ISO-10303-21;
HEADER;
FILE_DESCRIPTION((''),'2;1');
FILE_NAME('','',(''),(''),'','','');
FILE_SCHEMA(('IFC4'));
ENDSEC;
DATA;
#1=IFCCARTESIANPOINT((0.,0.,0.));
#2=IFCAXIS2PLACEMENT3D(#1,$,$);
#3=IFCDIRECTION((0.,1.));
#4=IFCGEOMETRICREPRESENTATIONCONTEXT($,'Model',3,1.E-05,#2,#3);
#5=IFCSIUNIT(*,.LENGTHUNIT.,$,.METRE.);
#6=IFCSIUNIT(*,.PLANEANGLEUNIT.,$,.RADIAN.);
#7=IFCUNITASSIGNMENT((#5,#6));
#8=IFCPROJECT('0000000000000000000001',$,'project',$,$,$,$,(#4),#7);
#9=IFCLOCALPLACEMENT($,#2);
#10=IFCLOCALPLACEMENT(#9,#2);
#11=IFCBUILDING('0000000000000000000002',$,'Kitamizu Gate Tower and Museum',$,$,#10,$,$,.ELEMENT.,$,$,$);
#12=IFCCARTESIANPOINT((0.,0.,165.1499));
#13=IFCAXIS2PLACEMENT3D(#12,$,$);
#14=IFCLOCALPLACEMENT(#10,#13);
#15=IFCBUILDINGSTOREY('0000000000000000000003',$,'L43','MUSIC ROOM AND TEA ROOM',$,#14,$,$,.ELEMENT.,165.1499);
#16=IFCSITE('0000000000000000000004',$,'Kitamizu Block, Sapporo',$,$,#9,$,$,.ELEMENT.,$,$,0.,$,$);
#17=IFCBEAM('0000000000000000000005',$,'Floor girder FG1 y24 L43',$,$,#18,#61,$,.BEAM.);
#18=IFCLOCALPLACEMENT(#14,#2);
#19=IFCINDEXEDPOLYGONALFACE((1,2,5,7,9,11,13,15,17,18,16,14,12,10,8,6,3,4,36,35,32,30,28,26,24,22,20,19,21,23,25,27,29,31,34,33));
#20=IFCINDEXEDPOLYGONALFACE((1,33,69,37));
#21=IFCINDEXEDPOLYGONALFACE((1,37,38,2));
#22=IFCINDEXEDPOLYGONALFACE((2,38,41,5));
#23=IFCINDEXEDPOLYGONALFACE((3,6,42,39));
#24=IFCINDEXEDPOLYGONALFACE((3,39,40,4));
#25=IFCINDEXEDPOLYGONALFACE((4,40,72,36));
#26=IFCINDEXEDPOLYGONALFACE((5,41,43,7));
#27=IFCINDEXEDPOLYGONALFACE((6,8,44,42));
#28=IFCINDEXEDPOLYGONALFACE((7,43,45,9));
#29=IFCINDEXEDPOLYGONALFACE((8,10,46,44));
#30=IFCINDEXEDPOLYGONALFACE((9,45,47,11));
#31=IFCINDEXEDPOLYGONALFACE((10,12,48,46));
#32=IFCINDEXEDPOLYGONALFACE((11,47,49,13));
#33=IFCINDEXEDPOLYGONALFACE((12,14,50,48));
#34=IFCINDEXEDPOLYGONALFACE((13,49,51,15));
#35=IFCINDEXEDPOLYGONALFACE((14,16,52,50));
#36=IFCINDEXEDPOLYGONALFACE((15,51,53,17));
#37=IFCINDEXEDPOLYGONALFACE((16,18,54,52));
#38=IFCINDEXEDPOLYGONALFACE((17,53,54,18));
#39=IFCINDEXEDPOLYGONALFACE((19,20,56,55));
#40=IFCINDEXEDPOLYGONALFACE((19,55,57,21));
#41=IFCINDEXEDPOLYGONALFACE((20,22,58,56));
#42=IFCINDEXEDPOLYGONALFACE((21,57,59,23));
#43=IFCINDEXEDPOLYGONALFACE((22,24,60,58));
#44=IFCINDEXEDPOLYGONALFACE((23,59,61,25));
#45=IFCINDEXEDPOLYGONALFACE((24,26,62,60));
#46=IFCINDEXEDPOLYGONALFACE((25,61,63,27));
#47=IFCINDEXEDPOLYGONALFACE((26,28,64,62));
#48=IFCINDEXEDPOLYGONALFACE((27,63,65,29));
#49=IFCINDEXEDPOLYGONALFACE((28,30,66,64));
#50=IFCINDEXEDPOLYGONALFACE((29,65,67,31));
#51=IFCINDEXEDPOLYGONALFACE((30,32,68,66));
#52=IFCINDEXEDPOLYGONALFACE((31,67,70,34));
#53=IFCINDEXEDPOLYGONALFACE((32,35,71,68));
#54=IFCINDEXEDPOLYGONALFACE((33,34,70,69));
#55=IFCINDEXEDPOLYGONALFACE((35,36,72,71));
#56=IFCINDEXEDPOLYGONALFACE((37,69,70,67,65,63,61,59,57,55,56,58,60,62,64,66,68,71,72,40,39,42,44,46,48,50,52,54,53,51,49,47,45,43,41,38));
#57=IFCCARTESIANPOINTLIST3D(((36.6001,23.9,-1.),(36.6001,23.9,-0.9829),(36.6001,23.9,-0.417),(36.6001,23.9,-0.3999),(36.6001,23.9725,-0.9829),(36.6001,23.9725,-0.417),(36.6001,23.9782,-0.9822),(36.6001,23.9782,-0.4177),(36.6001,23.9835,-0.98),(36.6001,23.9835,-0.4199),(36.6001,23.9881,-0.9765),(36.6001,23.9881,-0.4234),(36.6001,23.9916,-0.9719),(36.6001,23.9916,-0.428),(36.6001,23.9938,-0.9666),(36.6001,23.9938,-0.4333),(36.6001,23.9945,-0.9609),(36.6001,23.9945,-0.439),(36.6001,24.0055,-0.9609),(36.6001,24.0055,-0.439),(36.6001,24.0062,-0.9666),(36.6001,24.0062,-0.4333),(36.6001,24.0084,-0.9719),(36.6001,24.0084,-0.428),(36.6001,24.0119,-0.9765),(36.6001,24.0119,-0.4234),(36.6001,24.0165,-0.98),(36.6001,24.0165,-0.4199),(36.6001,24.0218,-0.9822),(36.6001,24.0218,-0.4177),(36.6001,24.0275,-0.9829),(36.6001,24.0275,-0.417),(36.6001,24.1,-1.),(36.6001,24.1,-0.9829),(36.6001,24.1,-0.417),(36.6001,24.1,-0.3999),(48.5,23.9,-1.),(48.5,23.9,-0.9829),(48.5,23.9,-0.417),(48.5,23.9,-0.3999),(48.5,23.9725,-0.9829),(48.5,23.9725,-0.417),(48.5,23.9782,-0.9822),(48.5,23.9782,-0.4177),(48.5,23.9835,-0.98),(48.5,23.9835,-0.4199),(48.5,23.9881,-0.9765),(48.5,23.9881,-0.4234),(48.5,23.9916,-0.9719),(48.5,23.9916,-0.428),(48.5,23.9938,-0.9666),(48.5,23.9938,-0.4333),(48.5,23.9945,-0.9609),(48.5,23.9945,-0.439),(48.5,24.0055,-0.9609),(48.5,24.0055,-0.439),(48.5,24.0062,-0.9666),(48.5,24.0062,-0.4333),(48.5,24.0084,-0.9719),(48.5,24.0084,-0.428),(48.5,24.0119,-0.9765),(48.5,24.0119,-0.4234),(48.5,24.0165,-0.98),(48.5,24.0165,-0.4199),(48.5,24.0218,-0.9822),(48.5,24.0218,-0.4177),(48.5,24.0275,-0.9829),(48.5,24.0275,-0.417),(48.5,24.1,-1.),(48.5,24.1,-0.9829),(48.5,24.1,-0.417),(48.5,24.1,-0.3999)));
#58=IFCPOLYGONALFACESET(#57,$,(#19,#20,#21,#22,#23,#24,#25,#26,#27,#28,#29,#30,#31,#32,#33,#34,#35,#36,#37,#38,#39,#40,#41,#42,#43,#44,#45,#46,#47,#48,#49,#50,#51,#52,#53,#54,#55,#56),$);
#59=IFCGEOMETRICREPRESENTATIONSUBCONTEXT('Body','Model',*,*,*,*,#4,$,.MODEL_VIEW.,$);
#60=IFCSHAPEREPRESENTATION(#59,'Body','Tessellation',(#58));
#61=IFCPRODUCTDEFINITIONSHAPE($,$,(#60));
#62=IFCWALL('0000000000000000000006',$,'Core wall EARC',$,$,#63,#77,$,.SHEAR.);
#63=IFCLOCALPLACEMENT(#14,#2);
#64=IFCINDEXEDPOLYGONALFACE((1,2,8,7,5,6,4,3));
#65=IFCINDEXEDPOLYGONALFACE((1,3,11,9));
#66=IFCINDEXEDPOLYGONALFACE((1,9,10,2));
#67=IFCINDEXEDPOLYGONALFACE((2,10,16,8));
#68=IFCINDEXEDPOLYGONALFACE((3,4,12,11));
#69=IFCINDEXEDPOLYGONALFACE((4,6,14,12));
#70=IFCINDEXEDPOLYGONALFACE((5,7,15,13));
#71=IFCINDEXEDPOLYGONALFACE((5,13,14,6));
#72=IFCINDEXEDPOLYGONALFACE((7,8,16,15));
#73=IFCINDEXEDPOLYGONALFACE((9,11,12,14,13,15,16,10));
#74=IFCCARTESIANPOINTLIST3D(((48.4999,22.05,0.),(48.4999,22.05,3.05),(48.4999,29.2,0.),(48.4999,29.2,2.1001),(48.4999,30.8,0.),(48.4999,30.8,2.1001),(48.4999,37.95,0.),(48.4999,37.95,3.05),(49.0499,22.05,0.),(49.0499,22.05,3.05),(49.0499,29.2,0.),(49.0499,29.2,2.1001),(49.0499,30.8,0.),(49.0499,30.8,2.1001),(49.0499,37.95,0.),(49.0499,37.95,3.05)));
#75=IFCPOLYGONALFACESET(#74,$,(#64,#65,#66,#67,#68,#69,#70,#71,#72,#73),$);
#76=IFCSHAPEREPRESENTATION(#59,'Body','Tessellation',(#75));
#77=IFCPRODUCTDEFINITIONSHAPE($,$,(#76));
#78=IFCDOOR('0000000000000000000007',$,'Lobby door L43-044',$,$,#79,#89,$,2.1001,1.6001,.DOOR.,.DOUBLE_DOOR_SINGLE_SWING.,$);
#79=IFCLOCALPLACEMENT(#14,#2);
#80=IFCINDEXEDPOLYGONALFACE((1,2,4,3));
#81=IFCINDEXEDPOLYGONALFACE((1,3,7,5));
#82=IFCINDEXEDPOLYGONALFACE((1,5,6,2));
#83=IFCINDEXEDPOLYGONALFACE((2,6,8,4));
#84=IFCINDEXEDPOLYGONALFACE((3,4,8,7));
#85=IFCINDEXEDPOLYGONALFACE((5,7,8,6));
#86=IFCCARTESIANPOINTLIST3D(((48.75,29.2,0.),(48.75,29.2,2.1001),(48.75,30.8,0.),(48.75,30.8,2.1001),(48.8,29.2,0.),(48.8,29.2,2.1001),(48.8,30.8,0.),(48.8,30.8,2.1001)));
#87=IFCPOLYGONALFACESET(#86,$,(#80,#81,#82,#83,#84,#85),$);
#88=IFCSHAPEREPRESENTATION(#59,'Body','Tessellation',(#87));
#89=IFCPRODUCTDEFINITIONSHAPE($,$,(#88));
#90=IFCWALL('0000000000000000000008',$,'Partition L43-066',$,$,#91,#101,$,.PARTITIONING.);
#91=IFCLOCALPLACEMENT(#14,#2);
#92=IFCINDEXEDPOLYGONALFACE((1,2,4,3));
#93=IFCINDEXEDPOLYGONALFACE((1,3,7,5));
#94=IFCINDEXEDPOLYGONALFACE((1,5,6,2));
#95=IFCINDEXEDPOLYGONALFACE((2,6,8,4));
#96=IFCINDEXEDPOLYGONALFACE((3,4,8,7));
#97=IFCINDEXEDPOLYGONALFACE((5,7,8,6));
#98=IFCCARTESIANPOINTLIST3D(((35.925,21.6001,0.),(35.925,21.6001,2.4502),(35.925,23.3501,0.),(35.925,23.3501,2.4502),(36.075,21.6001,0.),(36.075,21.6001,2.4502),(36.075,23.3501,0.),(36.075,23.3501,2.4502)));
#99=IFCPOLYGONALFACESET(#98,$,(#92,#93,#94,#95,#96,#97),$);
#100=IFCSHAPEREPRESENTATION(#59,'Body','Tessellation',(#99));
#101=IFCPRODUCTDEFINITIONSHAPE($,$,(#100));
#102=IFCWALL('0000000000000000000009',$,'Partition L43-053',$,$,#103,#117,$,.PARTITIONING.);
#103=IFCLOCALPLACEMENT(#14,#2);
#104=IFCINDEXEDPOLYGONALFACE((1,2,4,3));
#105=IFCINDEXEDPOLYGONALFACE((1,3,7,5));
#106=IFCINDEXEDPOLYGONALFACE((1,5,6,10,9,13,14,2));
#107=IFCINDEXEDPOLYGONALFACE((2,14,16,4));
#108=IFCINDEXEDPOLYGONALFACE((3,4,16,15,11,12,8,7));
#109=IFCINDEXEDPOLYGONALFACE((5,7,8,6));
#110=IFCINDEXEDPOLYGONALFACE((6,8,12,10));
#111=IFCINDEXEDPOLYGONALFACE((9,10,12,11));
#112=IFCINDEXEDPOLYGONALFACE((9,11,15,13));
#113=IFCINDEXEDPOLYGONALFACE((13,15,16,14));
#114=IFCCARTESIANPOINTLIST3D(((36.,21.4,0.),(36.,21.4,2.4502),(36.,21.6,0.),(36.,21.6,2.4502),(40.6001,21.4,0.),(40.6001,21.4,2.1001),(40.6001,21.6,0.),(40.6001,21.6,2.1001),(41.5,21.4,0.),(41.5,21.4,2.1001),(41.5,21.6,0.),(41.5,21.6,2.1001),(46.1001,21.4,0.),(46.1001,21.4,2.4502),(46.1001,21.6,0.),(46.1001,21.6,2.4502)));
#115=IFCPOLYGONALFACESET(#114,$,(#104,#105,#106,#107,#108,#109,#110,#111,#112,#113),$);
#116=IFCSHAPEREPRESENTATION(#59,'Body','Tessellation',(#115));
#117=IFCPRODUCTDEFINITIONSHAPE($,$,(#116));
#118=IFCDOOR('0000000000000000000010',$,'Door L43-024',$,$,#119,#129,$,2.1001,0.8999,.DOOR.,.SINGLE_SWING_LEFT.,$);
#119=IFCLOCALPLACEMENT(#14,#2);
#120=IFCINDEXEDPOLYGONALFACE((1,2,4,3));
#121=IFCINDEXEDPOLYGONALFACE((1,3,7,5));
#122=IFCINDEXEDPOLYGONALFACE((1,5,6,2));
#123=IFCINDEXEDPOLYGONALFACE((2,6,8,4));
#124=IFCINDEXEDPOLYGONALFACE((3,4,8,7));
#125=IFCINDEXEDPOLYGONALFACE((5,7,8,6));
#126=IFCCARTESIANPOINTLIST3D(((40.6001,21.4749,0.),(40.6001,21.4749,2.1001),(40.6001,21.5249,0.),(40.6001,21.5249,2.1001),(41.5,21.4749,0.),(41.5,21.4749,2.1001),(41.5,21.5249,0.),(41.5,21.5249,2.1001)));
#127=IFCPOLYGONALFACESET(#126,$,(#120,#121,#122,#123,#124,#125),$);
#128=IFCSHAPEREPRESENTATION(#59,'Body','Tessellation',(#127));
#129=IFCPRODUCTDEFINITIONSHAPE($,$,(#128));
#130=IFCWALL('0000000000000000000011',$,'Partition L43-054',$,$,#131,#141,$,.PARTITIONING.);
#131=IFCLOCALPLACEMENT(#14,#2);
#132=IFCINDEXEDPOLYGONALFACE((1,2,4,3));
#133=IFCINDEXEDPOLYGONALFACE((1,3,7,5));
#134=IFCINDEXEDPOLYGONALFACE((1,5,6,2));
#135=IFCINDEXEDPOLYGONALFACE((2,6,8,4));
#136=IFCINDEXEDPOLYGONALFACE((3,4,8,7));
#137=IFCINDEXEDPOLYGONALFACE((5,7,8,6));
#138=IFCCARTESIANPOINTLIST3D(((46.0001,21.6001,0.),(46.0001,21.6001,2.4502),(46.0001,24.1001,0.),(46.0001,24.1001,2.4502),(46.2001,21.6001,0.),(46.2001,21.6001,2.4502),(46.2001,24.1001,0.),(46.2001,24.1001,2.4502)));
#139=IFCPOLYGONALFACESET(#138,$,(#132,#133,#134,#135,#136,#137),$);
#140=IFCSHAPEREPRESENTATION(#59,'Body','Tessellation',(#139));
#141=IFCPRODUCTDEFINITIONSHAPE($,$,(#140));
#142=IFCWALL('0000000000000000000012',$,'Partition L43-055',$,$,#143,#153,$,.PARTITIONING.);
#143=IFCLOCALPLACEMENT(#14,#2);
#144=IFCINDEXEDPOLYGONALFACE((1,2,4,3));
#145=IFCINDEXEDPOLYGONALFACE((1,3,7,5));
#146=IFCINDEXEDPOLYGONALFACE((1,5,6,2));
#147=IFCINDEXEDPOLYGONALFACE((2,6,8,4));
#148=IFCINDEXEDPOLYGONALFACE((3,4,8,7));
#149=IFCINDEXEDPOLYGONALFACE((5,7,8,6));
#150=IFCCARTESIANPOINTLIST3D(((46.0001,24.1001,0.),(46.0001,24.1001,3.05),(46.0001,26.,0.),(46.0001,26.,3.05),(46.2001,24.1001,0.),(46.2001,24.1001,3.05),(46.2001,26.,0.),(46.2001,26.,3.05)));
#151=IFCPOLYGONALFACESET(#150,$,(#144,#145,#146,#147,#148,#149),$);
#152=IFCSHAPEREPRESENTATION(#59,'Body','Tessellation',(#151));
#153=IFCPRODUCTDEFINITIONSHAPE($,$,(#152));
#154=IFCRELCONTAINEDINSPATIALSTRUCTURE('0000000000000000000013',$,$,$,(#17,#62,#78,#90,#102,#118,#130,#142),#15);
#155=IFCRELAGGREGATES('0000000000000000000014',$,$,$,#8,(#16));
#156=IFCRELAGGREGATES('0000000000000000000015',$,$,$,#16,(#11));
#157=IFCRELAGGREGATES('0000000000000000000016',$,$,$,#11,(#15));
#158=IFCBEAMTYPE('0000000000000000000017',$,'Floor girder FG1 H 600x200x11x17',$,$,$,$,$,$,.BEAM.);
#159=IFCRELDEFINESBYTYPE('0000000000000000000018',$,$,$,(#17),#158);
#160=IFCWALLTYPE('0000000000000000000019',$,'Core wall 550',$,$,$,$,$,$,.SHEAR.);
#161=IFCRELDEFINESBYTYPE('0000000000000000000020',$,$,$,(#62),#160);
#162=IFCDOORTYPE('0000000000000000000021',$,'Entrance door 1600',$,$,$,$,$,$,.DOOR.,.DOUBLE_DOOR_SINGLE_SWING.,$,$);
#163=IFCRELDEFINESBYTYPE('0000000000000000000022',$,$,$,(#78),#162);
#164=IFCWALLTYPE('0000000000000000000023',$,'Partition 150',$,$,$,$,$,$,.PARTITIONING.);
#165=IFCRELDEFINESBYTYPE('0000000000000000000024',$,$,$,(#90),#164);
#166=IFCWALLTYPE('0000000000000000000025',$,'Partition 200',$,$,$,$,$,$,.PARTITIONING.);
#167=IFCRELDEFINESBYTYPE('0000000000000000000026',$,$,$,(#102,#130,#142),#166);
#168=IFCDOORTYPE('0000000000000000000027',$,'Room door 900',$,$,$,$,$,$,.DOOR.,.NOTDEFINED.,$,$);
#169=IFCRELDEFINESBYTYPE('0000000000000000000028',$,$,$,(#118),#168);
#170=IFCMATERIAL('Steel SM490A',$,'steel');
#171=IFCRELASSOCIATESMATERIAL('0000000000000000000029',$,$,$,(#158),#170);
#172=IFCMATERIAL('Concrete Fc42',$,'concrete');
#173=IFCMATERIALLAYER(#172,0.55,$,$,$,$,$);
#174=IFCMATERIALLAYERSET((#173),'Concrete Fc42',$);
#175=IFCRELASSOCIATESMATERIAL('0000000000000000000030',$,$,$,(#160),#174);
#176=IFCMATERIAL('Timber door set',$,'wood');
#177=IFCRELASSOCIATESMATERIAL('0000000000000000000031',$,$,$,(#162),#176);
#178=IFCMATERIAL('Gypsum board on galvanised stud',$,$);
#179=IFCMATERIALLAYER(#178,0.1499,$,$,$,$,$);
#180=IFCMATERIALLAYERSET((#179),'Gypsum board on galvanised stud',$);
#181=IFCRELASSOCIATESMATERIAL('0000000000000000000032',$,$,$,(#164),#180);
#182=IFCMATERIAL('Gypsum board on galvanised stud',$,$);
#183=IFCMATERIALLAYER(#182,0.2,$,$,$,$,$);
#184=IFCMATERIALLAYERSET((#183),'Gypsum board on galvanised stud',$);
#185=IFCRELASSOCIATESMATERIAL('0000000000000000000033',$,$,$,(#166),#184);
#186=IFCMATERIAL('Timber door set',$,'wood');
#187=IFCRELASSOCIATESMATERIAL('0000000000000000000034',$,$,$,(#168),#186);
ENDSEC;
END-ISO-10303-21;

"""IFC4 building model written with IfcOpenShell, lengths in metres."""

from ifc_helpers import new_model, si_unit, direction, frame, frame_2d, origin, origin_2d, place, context, subcontext, project, spatial, rectangle, i_section, extrude, material, layer, layer_set, material_profile, profile_set, type_object, element, fill, save


model = new_model("IFC4")

# Units and contexts
model_context = context("Model", 3, precision=1e-05, world=origin(), true_north=direction((0.0, 1.0)))
body_context = subcontext(model_context, "Body", "Model", "MODEL_VIEW")
ifc_project = project(units=[si_unit("LENGTHUNIT", "METRE"), si_unit("PLANEANGLEUNIT", "RADIAN")], contexts=[model_context])

# Site, building, storey
site_placement = place(None, origin())
site = spatial("IfcSite", under=ifc_project, at=site_placement, Name="Kitamizu Block, Sapporo", CompositionType="ELEMENT", RefElevation=0.0)
building_placement = place(site_placement, origin())
building = spatial("IfcBuilding", under=site, at=building_placement, Name="Kitamizu Gate Tower and Museum", CompositionType="ELEMENT")
storey_placement = place(building_placement, frame((0.0, 0.0, 165.1499)))
storey = spatial("IfcBuildingStorey", under=building, at=storey_placement, Name="L43", Description="MUSIC ROOM AND TEA ROOM", CompositionType="ELEMENT", Elevation=165.1499)

# Beam
ifc_material_1 = material(Name="Steel SM490A", Category="steel")
ifc_material_profile_1 = material_profile(ifc_material_1, i_section(OverallWidth=0.2, OverallDepth=0.6001, WebThickness=0.011, FlangeThickness=0.0171, FilletRadius=0.022, at=origin_2d()), Name="H-600x200x11x17")
ifc_profile_set_1 = profile_set([ifc_material_profile_1], Name="Steel SM490A")
beam_type_1 = type_object("IfcBeamType", Name="Floor girder FG1 H 600x200x11x17", PredefinedType="BEAM", material=ifc_profile_set_1)
beam_1_placement = place(storey_placement, frame((36.6001, 24.0, -0.7), z_axis=(1.0, 0.0, 0.0), x_axis=(0.0, 1.0, 0.0)))
element("IfcBeam", 1, at=beam_1_placement, inside=storey, type_object=beam_type_1, Name="Floor girder FG1 y24 L43", PredefinedType="BEAM", context=body_context, shape_type="SweptSolid", body=[
    extrude(i_section(OverallWidth=0.2, OverallDepth=0.6001, WebThickness=0.011, FlangeThickness=0.0171, FilletRadius=0.022, at=origin_2d()), origin(), (0.0, 0.0, 1.0), 11.8999),
])

# Wall, opening, door
ifc_material_2 = material(Name="Concrete Fc42", Category="concrete")
ifc_layer_1 = layer(ifc_material_2, 0.55)
ifc_layer_set_1 = layer_set([ifc_layer_1], Name="Concrete Fc42")
wall_type_1 = type_object("IfcWallType", Name="Core wall 550", PredefinedType="SHEAR", material=ifc_layer_set_1)
wall_1_placement = place(storey_placement, frame((48.7749, 22.05, 0.0), z_axis=(0.0, 0.0, 1.0), x_axis=(0.0, 1.0, 0.0)))
wall_1 = element("IfcWall", 2, at=wall_1_placement, inside=storey, type_object=wall_type_1, Name="Core wall EARC", PredefinedType="SHEAR", context=body_context, shape_type="SweptSolid", body=[
    extrude(rectangle(XDim=15.8999, YDim=0.55, at=frame_2d((7.95, 0.0))), origin(), (0.0, 0.0, 1.0), 3.05),
])
opening_1_placement = place(wall_1_placement, frame((7.1499, 0.0, 0.0)))
opening_1 = element("IfcOpeningElement", 3, at=opening_1_placement, cuts=wall_1, PredefinedType="OPENING", context=body_context, shape_type="SweptSolid", body=[
    extrude(rectangle(XDim=1.6001, YDim=2.1001, at=frame_2d((0.8, 1.05))), frame((0.0, 0.2852, 0.0), z_axis=(0.0, -1.0, 0.0), x_axis=(1.0, 0.0, 0.0)), (0.0, 0.0, 1.0), 0.5701),
])
ifc_material_3 = material(Name="Timber door set", Category="wood")
door_type_1 = type_object("IfcDoorType", Name="Entrance door 1600", OperationType="DOUBLE_DOOR_SINGLE_SWING", PredefinedType="DOOR", material=ifc_material_3)
door_1_placement = place(opening_1_placement, origin())
door_1 = element("IfcDoor", 4, at=door_1_placement, inside=storey, type_object=door_type_1, Name="Lobby door L43-044", OperationType="DOUBLE_DOOR_SINGLE_SWING", OverallHeight=2.1001, OverallWidth=1.6001, PredefinedType="DOOR", context=body_context, shape_type="SweptSolid", body=[
    extrude(rectangle(XDim=1.6001, YDim=2.1001, at=frame_2d((0.8, 1.05))), frame((0.0, 0.0249, 0.0), z_axis=(0.0, -1.0, 0.0), x_axis=(1.0, 0.0, 0.0)), (0.0, 0.0, 1.0), 0.05),
])
fill(opening_1, door_1)

# Wall
ifc_material_4 = material(Name="Gypsum board on galvanised stud")
ifc_layer_2 = layer(ifc_material_4, 0.1499)
ifc_layer_set_2 = layer_set([ifc_layer_2], Name="Gypsum board on galvanised stud")
wall_type_2 = type_object("IfcWallType", Name="Partition 150", PredefinedType="PARTITIONING", material=ifc_layer_set_2)
wall_2_placement = place(storey_placement, frame((36.0, 21.6001, 0.0), z_axis=(0.0, 0.0, 1.0), x_axis=(0.0, 1.0, 0.0)))
element("IfcWall", 5, at=wall_2_placement, inside=storey, type_object=wall_type_2, Name="Partition L43-066", PredefinedType="PARTITIONING", context=body_context, shape_type="SweptSolid", body=[
    extrude(rectangle(XDim=1.75, YDim=0.1499, at=frame_2d((0.875, 0.0))), origin(), (0.0, 0.0, 1.0), 2.4502),
])

# Wall, opening, door
ifc_material_5 = material(Name="Gypsum board on galvanised stud")
ifc_layer_3 = layer(ifc_material_5, 0.2)
ifc_layer_set_3 = layer_set([ifc_layer_3], Name="Gypsum board on galvanised stud")
wall_type_3 = type_object("IfcWallType", Name="Partition 200", PredefinedType="PARTITIONING", material=ifc_layer_set_3)
wall_3_placement = place(storey_placement, frame((36.0, 21.5, 0.0), z_axis=(0.0, 0.0, 1.0), x_axis=(1.0, 0.0, 0.0)))
wall_3 = element("IfcWall", 6, at=wall_3_placement, inside=storey, type_object=wall_type_3, Name="Partition L43-053", PredefinedType="PARTITIONING", context=body_context, shape_type="SweptSolid", body=[
    extrude(rectangle(XDim=10.1001, YDim=0.2, at=frame_2d((5.05, 0.0))), origin(), (0.0, 0.0, 1.0), 2.4502),
])
opening_2_placement = place(wall_3_placement, frame((4.6001, 0.0, 0.0)))
opening_2 = element("IfcOpeningElement", 7, at=opening_2_placement, cuts=wall_3, PredefinedType="OPENING", context=body_context, shape_type="SweptSolid", body=[
    extrude(rectangle(XDim=0.8999, YDim=2.1001, at=frame_2d((0.45, 1.05))), frame((0.0, 0.1099, 0.0), z_axis=(0.0, -1.0, 0.0), x_axis=(1.0, 0.0, 0.0)), (0.0, 0.0, 1.0), 0.22),
])
ifc_material_6 = material(Name="Timber door set", Category="wood")
door_type_2 = type_object("IfcDoorType", Name="Room door 900", OperationType="NOTDEFINED", PredefinedType="DOOR", material=ifc_material_6)
door_2_placement = place(opening_2_placement, origin())
door_2 = element("IfcDoor", 8, at=door_2_placement, inside=storey, type_object=door_type_2, Name="Door L43-024", OperationType="SINGLE_SWING_LEFT", OverallHeight=2.1001, OverallWidth=0.8999, PredefinedType="DOOR", context=body_context, shape_type="SweptSolid", body=[
    extrude(rectangle(XDim=0.8999, YDim=2.1001, at=frame_2d((0.45, 1.05))), frame((0.0, 0.0249, 0.0), z_axis=(0.0, -1.0, 0.0), x_axis=(1.0, 0.0, 0.0)), (0.0, 0.0, 1.0), 0.05),
])
fill(opening_2, door_2)

# Walls
wall_4_placement = place(storey_placement, frame((46.1001, 21.6001, 0.0), z_axis=(0.0, 0.0, 1.0), x_axis=(0.0, 1.0, 0.0)))
element("IfcWall", 9, at=wall_4_placement, inside=storey, type_object=wall_type_3, Name="Partition L43-054", PredefinedType="PARTITIONING", context=body_context, shape_type="SweptSolid", body=[
    extrude(rectangle(XDim=2.5, YDim=0.2, at=frame_2d((1.25, 0.0))), origin(), (0.0, 0.0, 1.0), 2.4502),
])
wall_5_placement = place(storey_placement, frame((46.1001, 24.1001, 0.0), z_axis=(0.0, 0.0, 1.0), x_axis=(0.0, 1.0, 0.0)))
element("IfcWall", 10, at=wall_5_placement, inside=storey, type_object=wall_type_3, Name="Partition L43-055", PredefinedType="PARTITIONING", context=body_context, shape_type="SweptSolid", body=[
    extrude(rectangle(XDim=1.8999, YDim=0.2, at=frame_2d((0.95, 0.0))), origin(), (0.0, 0.0, 1.0), 3.05),
])

save(model, "model.ifc")
